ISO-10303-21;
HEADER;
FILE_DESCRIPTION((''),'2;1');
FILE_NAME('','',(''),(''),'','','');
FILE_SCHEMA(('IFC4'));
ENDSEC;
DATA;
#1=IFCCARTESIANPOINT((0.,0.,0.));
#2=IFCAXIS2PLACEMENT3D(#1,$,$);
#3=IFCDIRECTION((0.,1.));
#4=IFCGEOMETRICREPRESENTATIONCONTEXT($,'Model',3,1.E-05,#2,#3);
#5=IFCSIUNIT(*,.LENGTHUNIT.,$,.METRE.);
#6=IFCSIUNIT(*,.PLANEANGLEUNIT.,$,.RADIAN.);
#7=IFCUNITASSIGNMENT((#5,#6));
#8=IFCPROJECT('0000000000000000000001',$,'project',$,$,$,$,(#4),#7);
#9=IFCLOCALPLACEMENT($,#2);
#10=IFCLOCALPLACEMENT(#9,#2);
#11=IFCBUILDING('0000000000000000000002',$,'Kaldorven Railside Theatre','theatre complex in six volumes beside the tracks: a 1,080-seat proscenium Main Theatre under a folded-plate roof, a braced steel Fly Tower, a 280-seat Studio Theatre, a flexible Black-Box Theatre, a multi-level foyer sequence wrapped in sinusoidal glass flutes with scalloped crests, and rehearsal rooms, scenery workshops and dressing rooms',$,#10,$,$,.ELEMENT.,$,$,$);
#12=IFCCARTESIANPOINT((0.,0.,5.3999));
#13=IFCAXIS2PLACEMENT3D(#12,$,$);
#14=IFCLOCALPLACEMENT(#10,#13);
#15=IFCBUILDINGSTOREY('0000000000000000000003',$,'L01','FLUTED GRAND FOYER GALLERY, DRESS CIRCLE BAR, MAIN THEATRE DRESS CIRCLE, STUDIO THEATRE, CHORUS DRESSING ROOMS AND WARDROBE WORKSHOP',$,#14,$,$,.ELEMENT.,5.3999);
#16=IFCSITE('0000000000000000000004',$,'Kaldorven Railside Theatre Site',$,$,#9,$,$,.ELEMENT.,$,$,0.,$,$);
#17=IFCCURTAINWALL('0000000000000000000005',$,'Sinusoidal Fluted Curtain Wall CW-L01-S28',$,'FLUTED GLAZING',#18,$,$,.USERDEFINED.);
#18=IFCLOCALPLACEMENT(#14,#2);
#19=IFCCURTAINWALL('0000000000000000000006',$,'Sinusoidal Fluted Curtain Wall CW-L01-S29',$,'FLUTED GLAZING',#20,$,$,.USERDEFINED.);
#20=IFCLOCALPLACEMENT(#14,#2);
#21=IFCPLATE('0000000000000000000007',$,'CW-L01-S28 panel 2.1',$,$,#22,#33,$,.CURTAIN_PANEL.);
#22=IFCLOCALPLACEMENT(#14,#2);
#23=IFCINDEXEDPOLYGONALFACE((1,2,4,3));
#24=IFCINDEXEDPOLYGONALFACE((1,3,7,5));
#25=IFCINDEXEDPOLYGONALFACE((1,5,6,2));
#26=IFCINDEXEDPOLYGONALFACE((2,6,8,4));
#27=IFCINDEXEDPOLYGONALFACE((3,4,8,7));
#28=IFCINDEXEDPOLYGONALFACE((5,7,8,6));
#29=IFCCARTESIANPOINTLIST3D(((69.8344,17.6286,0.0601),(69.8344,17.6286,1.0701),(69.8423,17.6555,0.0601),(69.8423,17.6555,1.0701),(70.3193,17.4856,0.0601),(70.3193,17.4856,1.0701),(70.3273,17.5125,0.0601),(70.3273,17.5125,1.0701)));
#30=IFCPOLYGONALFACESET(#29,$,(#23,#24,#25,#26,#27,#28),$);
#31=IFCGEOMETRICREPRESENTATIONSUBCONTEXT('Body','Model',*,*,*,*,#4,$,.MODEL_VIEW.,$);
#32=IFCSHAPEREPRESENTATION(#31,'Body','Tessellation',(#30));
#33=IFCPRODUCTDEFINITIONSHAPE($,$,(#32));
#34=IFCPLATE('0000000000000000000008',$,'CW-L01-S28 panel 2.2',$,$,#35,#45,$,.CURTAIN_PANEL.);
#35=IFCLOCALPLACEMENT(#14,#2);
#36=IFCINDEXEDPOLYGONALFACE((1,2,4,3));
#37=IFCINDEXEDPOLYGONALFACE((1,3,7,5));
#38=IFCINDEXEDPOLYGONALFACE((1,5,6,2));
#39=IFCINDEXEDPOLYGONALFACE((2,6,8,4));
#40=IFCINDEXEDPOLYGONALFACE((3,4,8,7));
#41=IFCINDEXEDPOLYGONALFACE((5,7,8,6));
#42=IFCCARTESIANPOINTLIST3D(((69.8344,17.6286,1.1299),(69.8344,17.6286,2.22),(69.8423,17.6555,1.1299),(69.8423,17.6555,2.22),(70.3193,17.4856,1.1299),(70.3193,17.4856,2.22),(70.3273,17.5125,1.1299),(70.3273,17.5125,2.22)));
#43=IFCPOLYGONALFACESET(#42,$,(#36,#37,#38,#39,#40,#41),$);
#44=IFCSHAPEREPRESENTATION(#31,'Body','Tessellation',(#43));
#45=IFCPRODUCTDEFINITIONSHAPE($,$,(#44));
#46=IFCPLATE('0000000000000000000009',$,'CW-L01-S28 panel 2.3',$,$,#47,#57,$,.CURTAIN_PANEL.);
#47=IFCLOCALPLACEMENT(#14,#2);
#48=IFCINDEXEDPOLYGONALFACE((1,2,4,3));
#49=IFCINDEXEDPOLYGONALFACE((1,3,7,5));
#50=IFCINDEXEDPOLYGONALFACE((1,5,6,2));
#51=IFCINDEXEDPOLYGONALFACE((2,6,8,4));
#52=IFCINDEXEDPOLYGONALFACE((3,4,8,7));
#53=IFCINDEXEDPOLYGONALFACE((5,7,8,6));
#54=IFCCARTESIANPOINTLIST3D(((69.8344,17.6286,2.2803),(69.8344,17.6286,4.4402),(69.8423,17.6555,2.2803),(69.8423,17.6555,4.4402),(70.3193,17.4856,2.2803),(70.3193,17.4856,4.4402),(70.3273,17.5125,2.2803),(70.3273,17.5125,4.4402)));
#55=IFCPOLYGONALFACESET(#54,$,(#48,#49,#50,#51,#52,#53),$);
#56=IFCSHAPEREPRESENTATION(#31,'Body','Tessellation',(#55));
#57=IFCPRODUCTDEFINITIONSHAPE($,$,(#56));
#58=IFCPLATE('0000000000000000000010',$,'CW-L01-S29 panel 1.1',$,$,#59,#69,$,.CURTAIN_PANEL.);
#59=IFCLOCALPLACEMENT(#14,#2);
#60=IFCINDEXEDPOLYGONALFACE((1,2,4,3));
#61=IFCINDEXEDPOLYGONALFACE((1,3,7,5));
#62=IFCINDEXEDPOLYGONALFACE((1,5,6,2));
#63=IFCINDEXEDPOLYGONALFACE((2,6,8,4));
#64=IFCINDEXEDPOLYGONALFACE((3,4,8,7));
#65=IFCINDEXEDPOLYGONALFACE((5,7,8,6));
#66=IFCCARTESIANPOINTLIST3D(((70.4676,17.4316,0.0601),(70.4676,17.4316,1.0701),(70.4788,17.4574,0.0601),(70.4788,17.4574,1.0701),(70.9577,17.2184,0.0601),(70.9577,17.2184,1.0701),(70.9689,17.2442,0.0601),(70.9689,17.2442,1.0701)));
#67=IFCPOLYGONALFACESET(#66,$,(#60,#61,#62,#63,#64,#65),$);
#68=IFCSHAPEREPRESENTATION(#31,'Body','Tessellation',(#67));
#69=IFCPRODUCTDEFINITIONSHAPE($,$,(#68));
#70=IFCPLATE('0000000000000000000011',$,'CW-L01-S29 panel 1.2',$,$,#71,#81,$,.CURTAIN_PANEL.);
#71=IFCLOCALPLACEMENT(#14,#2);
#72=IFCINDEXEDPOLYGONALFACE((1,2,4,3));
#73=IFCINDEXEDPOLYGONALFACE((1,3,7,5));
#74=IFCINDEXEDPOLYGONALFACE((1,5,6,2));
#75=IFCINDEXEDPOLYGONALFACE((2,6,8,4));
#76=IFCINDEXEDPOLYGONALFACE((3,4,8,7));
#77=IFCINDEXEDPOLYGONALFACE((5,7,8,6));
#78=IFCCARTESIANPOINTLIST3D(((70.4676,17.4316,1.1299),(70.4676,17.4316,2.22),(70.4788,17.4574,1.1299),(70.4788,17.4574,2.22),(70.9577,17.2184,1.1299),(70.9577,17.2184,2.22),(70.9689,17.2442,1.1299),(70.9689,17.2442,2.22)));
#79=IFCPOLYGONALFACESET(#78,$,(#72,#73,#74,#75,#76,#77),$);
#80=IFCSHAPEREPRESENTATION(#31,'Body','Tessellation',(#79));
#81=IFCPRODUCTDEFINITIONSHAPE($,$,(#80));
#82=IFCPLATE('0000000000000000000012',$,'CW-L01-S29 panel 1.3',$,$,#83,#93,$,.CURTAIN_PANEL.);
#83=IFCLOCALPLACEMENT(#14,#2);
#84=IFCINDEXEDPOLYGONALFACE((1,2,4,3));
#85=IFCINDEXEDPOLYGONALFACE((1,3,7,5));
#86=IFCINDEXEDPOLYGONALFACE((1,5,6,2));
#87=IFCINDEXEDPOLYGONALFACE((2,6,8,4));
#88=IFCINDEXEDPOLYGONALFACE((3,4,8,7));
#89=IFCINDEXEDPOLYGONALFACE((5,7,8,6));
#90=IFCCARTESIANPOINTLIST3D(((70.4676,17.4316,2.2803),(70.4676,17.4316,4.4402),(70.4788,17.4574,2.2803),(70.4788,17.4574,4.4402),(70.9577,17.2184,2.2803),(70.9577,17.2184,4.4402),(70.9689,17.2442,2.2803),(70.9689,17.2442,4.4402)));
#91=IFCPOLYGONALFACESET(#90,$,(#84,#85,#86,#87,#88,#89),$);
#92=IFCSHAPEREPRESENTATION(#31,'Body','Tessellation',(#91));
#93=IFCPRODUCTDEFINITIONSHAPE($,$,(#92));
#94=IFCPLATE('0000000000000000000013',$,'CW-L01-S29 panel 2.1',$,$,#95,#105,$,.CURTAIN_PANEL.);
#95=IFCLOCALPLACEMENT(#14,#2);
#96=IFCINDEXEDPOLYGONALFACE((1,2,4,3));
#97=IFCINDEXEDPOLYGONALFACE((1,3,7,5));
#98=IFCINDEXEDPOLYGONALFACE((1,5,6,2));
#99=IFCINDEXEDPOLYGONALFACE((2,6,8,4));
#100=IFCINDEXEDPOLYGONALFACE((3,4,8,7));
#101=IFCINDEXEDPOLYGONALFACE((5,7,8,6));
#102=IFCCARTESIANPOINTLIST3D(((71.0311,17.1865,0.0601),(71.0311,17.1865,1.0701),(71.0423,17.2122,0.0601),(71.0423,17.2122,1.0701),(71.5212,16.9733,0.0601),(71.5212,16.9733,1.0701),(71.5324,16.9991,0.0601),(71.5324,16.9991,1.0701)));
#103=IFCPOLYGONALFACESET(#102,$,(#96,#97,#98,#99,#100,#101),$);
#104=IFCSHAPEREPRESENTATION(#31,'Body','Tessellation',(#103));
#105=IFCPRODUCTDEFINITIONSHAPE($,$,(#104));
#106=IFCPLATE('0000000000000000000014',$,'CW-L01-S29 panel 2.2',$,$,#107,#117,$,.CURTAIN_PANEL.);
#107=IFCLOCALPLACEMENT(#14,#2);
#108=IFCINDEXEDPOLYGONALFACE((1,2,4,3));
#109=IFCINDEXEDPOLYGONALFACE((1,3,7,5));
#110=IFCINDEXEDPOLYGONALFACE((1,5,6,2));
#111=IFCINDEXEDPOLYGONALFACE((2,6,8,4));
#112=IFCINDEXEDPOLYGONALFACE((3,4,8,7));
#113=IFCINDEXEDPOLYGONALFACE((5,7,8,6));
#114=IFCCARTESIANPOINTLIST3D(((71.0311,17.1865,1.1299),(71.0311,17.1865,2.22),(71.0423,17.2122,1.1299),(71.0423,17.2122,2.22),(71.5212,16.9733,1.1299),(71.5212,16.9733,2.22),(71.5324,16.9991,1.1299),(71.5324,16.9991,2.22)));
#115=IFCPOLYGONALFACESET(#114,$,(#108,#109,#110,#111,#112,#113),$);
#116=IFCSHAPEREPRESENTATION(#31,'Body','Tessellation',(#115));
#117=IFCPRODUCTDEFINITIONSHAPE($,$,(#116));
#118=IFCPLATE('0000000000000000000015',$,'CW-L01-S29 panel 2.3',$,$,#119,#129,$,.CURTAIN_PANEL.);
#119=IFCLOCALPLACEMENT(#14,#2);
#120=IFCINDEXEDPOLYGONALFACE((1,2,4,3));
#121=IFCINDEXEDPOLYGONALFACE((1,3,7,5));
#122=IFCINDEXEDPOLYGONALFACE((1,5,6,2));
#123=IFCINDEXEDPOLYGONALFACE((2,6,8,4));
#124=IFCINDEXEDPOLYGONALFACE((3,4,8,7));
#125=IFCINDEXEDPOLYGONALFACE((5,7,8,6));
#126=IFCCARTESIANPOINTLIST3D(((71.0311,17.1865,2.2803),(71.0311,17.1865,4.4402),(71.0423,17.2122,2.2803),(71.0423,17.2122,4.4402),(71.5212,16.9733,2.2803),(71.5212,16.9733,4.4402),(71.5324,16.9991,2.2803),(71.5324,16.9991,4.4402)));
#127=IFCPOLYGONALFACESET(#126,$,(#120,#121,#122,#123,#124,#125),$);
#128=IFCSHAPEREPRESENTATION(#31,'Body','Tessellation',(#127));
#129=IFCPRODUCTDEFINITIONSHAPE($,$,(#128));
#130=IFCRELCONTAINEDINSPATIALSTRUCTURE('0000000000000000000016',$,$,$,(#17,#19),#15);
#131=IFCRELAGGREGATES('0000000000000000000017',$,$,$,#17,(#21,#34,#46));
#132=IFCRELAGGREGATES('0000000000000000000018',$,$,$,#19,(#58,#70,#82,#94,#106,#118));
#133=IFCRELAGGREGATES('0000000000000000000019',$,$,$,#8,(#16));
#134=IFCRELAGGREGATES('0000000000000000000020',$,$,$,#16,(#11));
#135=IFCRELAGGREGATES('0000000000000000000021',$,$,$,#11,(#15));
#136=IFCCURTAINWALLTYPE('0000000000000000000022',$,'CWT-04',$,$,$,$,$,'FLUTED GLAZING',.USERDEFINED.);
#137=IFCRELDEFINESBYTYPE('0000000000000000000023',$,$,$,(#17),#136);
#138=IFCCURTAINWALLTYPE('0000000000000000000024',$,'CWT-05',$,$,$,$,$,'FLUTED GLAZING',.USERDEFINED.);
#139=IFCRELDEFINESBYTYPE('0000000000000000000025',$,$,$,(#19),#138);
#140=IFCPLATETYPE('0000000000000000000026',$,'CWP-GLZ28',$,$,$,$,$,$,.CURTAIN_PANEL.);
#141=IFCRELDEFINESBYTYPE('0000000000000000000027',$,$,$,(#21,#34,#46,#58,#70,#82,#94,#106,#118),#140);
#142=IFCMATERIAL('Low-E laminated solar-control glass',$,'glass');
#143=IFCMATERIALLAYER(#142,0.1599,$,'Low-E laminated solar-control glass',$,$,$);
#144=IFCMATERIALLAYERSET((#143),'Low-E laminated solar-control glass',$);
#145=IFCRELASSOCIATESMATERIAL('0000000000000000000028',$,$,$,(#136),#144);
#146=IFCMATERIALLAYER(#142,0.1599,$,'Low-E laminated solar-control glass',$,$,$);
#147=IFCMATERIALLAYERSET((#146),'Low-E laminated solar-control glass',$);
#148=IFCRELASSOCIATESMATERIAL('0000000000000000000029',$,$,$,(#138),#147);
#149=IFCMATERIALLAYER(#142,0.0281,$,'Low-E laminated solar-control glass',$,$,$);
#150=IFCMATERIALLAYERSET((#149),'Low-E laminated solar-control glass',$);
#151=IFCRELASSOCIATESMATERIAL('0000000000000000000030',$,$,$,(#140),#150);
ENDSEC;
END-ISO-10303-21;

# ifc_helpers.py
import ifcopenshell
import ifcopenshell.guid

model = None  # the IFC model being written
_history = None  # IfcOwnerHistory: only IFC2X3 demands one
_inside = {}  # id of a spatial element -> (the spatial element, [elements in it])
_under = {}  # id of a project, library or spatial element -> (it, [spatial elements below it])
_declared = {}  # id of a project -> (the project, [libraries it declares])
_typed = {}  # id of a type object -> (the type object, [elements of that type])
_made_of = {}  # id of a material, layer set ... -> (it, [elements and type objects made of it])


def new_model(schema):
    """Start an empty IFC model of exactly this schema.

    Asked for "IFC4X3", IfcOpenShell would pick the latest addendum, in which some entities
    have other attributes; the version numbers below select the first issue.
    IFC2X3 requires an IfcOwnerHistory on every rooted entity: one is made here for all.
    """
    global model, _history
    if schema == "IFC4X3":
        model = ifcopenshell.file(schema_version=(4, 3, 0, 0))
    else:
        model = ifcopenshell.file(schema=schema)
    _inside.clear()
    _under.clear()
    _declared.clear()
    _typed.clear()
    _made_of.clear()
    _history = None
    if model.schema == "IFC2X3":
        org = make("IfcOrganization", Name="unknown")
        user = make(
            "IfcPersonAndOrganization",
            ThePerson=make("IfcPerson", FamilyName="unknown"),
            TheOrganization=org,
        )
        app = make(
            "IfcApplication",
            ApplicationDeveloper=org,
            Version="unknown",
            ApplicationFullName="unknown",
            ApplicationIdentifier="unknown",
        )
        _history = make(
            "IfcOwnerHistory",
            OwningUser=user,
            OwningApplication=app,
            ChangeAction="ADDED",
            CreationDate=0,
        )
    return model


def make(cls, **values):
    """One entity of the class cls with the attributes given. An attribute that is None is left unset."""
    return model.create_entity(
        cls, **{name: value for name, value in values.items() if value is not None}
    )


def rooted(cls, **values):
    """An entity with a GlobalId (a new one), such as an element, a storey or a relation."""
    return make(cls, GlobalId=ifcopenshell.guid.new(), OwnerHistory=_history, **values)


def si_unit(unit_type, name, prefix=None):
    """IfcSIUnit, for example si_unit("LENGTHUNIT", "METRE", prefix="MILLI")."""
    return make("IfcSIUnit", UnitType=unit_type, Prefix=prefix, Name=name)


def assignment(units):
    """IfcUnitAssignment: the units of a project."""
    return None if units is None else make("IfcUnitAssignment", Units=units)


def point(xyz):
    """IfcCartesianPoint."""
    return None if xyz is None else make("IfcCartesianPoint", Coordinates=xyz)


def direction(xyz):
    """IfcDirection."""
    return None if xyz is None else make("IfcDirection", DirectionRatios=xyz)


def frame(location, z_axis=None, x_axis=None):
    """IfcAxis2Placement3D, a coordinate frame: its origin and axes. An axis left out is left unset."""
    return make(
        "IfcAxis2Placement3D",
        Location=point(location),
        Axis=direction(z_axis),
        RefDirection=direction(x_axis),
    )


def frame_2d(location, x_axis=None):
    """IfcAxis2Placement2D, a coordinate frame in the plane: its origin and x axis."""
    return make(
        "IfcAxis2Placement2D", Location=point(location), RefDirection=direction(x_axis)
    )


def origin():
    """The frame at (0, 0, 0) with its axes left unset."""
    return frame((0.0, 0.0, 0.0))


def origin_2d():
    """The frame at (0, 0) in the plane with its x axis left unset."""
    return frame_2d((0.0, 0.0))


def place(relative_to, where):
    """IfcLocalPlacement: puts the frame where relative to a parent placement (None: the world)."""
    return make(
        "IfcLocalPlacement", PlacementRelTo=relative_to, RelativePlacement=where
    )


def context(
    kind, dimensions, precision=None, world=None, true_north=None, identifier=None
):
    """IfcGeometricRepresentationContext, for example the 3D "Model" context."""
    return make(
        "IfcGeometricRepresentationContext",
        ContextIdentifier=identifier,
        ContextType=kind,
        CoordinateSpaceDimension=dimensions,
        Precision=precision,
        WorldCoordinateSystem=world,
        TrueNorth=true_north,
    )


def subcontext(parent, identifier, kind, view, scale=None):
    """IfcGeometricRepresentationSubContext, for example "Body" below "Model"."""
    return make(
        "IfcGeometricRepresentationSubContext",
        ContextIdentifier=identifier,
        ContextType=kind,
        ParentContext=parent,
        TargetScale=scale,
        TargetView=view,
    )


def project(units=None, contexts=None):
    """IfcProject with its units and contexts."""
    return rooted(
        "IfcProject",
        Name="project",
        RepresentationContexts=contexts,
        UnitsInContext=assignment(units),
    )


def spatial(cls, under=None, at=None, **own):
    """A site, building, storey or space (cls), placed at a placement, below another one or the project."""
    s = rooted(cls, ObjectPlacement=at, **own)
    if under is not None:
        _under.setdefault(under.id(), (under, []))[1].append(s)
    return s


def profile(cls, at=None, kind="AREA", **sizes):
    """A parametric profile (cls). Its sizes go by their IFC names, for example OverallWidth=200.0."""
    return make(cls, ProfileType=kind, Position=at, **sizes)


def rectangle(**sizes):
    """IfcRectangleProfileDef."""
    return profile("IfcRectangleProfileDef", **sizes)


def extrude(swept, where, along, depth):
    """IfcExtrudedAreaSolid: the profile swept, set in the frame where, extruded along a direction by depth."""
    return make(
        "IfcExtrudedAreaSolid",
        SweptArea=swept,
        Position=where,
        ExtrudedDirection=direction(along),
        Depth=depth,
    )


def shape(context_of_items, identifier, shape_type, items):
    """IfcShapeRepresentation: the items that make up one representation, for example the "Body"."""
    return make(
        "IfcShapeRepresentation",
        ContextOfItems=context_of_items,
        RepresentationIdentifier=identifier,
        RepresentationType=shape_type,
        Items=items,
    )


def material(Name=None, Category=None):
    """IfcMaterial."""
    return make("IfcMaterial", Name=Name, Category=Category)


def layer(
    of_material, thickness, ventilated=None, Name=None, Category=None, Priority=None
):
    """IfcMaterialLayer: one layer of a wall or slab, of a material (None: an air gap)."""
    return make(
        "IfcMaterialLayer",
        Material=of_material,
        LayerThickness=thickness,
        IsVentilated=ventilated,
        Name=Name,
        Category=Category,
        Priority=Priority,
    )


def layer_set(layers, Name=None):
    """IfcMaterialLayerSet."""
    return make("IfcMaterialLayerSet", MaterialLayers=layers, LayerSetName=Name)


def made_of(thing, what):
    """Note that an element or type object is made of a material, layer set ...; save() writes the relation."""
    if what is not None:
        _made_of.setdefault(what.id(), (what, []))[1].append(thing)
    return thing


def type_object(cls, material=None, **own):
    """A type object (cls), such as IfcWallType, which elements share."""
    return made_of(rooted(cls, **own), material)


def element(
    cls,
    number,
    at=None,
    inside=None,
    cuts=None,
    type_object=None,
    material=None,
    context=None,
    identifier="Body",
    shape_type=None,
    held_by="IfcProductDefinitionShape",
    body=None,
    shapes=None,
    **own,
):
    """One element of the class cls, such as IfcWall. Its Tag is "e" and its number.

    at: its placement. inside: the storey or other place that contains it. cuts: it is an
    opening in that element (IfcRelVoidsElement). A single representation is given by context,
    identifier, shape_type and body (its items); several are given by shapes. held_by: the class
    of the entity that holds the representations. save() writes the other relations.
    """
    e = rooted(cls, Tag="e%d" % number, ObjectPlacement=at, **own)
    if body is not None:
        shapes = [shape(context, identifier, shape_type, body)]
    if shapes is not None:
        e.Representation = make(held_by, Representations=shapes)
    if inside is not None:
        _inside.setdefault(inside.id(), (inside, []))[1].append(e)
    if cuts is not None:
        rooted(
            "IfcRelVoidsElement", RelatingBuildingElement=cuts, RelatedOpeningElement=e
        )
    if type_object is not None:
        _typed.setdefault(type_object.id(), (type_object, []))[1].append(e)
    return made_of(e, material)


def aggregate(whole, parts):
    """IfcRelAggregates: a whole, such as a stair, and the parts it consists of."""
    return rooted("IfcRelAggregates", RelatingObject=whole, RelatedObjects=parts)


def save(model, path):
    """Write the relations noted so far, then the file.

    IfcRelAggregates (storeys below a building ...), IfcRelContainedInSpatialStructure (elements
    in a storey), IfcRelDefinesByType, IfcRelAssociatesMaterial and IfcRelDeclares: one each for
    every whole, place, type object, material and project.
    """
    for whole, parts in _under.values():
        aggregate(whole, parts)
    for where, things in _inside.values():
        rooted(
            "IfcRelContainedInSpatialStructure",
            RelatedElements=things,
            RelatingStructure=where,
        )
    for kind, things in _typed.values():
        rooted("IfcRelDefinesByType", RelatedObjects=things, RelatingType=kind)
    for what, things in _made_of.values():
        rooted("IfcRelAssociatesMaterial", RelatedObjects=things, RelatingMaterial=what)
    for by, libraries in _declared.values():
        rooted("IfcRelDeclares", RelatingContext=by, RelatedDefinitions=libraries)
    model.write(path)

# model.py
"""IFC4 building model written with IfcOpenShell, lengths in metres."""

from ifc_helpers import new_model, si_unit, direction, frame, origin, origin_2d, place, context, subcontext, project, spatial, rectangle, extrude, material, layer, layer_set, type_object, element, aggregate, save


model = new_model("IFC4")

# Units and contexts
model_context = context("Model", 3, precision=1e-05, world=origin(), true_north=direction((0.0, 1.0)))
body_context = subcontext(model_context, "Body", "Model", "MODEL_VIEW")
ifc_project = project(units=[si_unit("LENGTHUNIT", "METRE"), si_unit("PLANEANGLEUNIT", "RADIAN")], contexts=[model_context])

# Site, building, storey
site_placement = place(None, origin())
site = spatial("IfcSite", under=ifc_project, at=site_placement, Name="Kaldorven Railside Theatre Site", CompositionType="ELEMENT", RefElevation=0.0)
building_placement = place(site_placement, origin())
building = spatial("IfcBuilding", under=site, at=building_placement, Name="Kaldorven Railside Theatre", Description="theatre complex in six volumes beside the tracks: a 1,080-seat proscenium Main Theatre under a folded-plate roof, a braced steel Fly Tower, a 280-seat Studio Theatre, a flexible Black-Box Theatre, a multi-level foyer sequence wrapped in sinusoidal glass flutes with scalloped crests, and rehearsal rooms, scenery workshops and dressing rooms", CompositionType="ELEMENT")
storey_placement = place(building_placement, frame((0.0, 0.0, 5.3999)))
storey = spatial("IfcBuildingStorey", under=building, at=storey_placement, Name="L01", Description="FLUTED GRAND FOYER GALLERY, DRESS CIRCLE BAR, MAIN THEATRE DRESS CIRCLE, STUDIO THEATRE, CHORUS DRESSING ROOMS AND WARDROBE WORKSHOP", CompositionType="ELEMENT", Elevation=5.3999)

# Curtain wall
ifc_material_1 = material(Name="Low-E laminated solar-control glass", Category="glass")
ifc_layer_1 = layer(ifc_material_1, 0.1599, Name="Low-E laminated solar-control glass")
ifc_layer_set_1 = layer_set([ifc_layer_1], Name="Low-E laminated solar-control glass")
curtain_wall_type_1 = type_object("IfcCurtainWallType", Name="CWT-04", ElementType="FLUTED GLAZING", PredefinedType="USERDEFINED", material=ifc_layer_set_1)
curtain_wall_1_placement = place(storey_placement, origin())
curtain_wall_1 = element("IfcCurtainWall", 1, at=curtain_wall_1_placement, inside=storey, type_object=curtain_wall_type_1, Name="Sinusoidal Fluted Curtain Wall CW-L01-S28", ObjectType="FLUTED GLAZING", PredefinedType="USERDEFINED")

# Curtain wall
ifc_layer_2 = layer(ifc_material_1, 0.1599, Name="Low-E laminated solar-control glass")
ifc_layer_set_2 = layer_set([ifc_layer_2], Name="Low-E laminated solar-control glass")
curtain_wall_type_2 = type_object("IfcCurtainWallType", Name="CWT-05", ElementType="FLUTED GLAZING", PredefinedType="USERDEFINED", material=ifc_layer_set_2)
curtain_wall_2_placement = place(storey_placement, origin())
curtain_wall_2 = element("IfcCurtainWall", 2, at=curtain_wall_2_placement, inside=storey, type_object=curtain_wall_type_2, Name="Sinusoidal Fluted Curtain Wall CW-L01-S29", ObjectType="FLUTED GLAZING", PredefinedType="USERDEFINED")

# Plates
ifc_layer_3 = layer(ifc_material_1, 0.0281, Name="Low-E laminated solar-control glass")
ifc_layer_set_3 = layer_set([ifc_layer_3], Name="Low-E laminated solar-control glass")
plate_type = type_object("IfcPlateType", Name="CWP-GLZ28", PredefinedType="CURTAIN_PANEL", material=ifc_layer_set_3)
plate_1_placement = place(storey_placement, frame((70.0808, 17.5706, 0.0601), z_axis=(0.0, 0.0, 1.0), x_axis=(0.959158, -0.282872, 0.0)))
plate_1 = element("IfcPlate", 3, at=plate_1_placement, type_object=plate_type, Name="CW-L01-S28 panel 2.1", PredefinedType="CURTAIN_PANEL", context=body_context, shape_type="SweptSolid", body=[
    extrude(rectangle(XDim=0.5056, YDim=0.0281, at=origin_2d()), origin(), (0.0, 0.0, 1.0), 1.01),
])
plate_2_placement = place(storey_placement, frame((70.0808, 17.5706, 1.1299), z_axis=(0.0, 0.0, 1.0), x_axis=(0.959158, -0.282872, 0.0)))
plate_2 = element("IfcPlate", 4, at=plate_2_placement, type_object=plate_type, Name="CW-L01-S28 panel 2.2", PredefinedType="CURTAIN_PANEL", context=body_context, shape_type="SweptSolid", body=[
    extrude(rectangle(XDim=0.5056, YDim=0.0281, at=origin_2d()), origin(), (0.0, 0.0, 1.0), 1.0901),
])
plate_3_placement = place(storey_placement, frame((70.0808, 17.5706, 2.2803), z_axis=(0.0, 0.0, 1.0), x_axis=(0.959158, -0.282872, 0.0)))
plate_3 = element("IfcPlate", 5, at=plate_3_placement, type_object=plate_type, Name="CW-L01-S28 panel 2.3", PredefinedType="CURTAIN_PANEL", context=body_context, shape_type="SweptSolid", body=[
    extrude(rectangle(XDim=0.5056, YDim=0.0281, at=origin_2d()), origin(), (0.0, 0.0, 1.0), 2.1599),
])
aggregate(curtain_wall_1, [plate_1, plate_2, plate_3])
plate_4_placement = place(storey_placement, frame((70.7183, 17.3379, 0.0601), z_axis=(0.0, 0.0, 1.0), x_axis=(0.916997, -0.398894, 0.0)))
plate_4 = element("IfcPlate", 6, at=plate_4_placement, type_object=plate_type, Name="CW-L01-S29 panel 1.1", PredefinedType="CURTAIN_PANEL", context=body_context, shape_type="SweptSolid", body=[
    extrude(rectangle(XDim=0.5344, YDim=0.0281, at=origin_2d()), origin(), (0.0, 0.0, 1.0), 1.01),
])
plate_5_placement = place(storey_placement, frame((70.7183, 17.3379, 1.1299), z_axis=(0.0, 0.0, 1.0), x_axis=(0.916997, -0.398894, 0.0)))
plate_5 = element("IfcPlate", 7, at=plate_5_placement, type_object=plate_type, Name="CW-L01-S29 panel 1.2", PredefinedType="CURTAIN_PANEL", context=body_context, shape_type="SweptSolid", body=[
    extrude(rectangle(XDim=0.5344, YDim=0.0281, at=origin_2d()), origin(), (0.0, 0.0, 1.0), 1.0901),
])
plate_6_placement = place(storey_placement, frame((70.7183, 17.3379, 2.2803), z_axis=(0.0, 0.0, 1.0), x_axis=(0.916997, -0.398894, 0.0)))
plate_6 = element("IfcPlate", 8, at=plate_6_placement, type_object=plate_type, Name="CW-L01-S29 panel 1.3", PredefinedType="CURTAIN_PANEL", context=body_context, shape_type="SweptSolid", body=[
    extrude(rectangle(XDim=0.5344, YDim=0.0281, at=origin_2d()), origin(), (0.0, 0.0, 1.0), 2.1599),
])
plate_7_placement = place(storey_placement, frame((71.2817, 17.0928, 0.0601), z_axis=(0.0, 0.0, 1.0), x_axis=(0.916997, -0.398894, 0.0)))
plate_7 = element("IfcPlate", 9, at=plate_7_placement, type_object=plate_type, Name="CW-L01-S29 panel 2.1", PredefinedType="CURTAIN_PANEL", context=body_context, shape_type="SweptSolid", body=[
    extrude(rectangle(XDim=0.5344, YDim=0.0281, at=origin_2d()), origin(), (0.0, 0.0, 1.0), 1.01),
])
plate_8_placement = place(storey_placement, frame((71.2817, 17.0928, 1.1299), z_axis=(0.0, 0.0, 1.0), x_axis=(0.916997, -0.398894, 0.0)))
plate_8 = element("IfcPlate", 10, at=plate_8_placement, type_object=plate_type, Name="CW-L01-S29 panel 2.2", PredefinedType="CURTAIN_PANEL", context=body_context, shape_type="SweptSolid", body=[
    extrude(rectangle(XDim=0.5344, YDim=0.0281, at=origin_2d()), origin(), (0.0, 0.0, 1.0), 1.0901),
])
plate_9_placement = place(storey_placement, frame((71.2817, 17.0928, 2.2803), z_axis=(0.0, 0.0, 1.0), x_axis=(0.916997, -0.398894, 0.0)))
plate_9 = element("IfcPlate", 11, at=plate_9_placement, type_object=plate_type, Name="CW-L01-S29 panel 2.3", PredefinedType="CURTAIN_PANEL", context=body_context, shape_type="SweptSolid", body=[
    extrude(rectangle(XDim=0.5344, YDim=0.0281, at=origin_2d()), origin(), (0.0, 0.0, 1.0), 2.1599),
])
aggregate(curtain_wall_2, [plate_4, plate_5, plate_6, plate_7, plate_8, plate_9])

save(model, "model.ifc")
